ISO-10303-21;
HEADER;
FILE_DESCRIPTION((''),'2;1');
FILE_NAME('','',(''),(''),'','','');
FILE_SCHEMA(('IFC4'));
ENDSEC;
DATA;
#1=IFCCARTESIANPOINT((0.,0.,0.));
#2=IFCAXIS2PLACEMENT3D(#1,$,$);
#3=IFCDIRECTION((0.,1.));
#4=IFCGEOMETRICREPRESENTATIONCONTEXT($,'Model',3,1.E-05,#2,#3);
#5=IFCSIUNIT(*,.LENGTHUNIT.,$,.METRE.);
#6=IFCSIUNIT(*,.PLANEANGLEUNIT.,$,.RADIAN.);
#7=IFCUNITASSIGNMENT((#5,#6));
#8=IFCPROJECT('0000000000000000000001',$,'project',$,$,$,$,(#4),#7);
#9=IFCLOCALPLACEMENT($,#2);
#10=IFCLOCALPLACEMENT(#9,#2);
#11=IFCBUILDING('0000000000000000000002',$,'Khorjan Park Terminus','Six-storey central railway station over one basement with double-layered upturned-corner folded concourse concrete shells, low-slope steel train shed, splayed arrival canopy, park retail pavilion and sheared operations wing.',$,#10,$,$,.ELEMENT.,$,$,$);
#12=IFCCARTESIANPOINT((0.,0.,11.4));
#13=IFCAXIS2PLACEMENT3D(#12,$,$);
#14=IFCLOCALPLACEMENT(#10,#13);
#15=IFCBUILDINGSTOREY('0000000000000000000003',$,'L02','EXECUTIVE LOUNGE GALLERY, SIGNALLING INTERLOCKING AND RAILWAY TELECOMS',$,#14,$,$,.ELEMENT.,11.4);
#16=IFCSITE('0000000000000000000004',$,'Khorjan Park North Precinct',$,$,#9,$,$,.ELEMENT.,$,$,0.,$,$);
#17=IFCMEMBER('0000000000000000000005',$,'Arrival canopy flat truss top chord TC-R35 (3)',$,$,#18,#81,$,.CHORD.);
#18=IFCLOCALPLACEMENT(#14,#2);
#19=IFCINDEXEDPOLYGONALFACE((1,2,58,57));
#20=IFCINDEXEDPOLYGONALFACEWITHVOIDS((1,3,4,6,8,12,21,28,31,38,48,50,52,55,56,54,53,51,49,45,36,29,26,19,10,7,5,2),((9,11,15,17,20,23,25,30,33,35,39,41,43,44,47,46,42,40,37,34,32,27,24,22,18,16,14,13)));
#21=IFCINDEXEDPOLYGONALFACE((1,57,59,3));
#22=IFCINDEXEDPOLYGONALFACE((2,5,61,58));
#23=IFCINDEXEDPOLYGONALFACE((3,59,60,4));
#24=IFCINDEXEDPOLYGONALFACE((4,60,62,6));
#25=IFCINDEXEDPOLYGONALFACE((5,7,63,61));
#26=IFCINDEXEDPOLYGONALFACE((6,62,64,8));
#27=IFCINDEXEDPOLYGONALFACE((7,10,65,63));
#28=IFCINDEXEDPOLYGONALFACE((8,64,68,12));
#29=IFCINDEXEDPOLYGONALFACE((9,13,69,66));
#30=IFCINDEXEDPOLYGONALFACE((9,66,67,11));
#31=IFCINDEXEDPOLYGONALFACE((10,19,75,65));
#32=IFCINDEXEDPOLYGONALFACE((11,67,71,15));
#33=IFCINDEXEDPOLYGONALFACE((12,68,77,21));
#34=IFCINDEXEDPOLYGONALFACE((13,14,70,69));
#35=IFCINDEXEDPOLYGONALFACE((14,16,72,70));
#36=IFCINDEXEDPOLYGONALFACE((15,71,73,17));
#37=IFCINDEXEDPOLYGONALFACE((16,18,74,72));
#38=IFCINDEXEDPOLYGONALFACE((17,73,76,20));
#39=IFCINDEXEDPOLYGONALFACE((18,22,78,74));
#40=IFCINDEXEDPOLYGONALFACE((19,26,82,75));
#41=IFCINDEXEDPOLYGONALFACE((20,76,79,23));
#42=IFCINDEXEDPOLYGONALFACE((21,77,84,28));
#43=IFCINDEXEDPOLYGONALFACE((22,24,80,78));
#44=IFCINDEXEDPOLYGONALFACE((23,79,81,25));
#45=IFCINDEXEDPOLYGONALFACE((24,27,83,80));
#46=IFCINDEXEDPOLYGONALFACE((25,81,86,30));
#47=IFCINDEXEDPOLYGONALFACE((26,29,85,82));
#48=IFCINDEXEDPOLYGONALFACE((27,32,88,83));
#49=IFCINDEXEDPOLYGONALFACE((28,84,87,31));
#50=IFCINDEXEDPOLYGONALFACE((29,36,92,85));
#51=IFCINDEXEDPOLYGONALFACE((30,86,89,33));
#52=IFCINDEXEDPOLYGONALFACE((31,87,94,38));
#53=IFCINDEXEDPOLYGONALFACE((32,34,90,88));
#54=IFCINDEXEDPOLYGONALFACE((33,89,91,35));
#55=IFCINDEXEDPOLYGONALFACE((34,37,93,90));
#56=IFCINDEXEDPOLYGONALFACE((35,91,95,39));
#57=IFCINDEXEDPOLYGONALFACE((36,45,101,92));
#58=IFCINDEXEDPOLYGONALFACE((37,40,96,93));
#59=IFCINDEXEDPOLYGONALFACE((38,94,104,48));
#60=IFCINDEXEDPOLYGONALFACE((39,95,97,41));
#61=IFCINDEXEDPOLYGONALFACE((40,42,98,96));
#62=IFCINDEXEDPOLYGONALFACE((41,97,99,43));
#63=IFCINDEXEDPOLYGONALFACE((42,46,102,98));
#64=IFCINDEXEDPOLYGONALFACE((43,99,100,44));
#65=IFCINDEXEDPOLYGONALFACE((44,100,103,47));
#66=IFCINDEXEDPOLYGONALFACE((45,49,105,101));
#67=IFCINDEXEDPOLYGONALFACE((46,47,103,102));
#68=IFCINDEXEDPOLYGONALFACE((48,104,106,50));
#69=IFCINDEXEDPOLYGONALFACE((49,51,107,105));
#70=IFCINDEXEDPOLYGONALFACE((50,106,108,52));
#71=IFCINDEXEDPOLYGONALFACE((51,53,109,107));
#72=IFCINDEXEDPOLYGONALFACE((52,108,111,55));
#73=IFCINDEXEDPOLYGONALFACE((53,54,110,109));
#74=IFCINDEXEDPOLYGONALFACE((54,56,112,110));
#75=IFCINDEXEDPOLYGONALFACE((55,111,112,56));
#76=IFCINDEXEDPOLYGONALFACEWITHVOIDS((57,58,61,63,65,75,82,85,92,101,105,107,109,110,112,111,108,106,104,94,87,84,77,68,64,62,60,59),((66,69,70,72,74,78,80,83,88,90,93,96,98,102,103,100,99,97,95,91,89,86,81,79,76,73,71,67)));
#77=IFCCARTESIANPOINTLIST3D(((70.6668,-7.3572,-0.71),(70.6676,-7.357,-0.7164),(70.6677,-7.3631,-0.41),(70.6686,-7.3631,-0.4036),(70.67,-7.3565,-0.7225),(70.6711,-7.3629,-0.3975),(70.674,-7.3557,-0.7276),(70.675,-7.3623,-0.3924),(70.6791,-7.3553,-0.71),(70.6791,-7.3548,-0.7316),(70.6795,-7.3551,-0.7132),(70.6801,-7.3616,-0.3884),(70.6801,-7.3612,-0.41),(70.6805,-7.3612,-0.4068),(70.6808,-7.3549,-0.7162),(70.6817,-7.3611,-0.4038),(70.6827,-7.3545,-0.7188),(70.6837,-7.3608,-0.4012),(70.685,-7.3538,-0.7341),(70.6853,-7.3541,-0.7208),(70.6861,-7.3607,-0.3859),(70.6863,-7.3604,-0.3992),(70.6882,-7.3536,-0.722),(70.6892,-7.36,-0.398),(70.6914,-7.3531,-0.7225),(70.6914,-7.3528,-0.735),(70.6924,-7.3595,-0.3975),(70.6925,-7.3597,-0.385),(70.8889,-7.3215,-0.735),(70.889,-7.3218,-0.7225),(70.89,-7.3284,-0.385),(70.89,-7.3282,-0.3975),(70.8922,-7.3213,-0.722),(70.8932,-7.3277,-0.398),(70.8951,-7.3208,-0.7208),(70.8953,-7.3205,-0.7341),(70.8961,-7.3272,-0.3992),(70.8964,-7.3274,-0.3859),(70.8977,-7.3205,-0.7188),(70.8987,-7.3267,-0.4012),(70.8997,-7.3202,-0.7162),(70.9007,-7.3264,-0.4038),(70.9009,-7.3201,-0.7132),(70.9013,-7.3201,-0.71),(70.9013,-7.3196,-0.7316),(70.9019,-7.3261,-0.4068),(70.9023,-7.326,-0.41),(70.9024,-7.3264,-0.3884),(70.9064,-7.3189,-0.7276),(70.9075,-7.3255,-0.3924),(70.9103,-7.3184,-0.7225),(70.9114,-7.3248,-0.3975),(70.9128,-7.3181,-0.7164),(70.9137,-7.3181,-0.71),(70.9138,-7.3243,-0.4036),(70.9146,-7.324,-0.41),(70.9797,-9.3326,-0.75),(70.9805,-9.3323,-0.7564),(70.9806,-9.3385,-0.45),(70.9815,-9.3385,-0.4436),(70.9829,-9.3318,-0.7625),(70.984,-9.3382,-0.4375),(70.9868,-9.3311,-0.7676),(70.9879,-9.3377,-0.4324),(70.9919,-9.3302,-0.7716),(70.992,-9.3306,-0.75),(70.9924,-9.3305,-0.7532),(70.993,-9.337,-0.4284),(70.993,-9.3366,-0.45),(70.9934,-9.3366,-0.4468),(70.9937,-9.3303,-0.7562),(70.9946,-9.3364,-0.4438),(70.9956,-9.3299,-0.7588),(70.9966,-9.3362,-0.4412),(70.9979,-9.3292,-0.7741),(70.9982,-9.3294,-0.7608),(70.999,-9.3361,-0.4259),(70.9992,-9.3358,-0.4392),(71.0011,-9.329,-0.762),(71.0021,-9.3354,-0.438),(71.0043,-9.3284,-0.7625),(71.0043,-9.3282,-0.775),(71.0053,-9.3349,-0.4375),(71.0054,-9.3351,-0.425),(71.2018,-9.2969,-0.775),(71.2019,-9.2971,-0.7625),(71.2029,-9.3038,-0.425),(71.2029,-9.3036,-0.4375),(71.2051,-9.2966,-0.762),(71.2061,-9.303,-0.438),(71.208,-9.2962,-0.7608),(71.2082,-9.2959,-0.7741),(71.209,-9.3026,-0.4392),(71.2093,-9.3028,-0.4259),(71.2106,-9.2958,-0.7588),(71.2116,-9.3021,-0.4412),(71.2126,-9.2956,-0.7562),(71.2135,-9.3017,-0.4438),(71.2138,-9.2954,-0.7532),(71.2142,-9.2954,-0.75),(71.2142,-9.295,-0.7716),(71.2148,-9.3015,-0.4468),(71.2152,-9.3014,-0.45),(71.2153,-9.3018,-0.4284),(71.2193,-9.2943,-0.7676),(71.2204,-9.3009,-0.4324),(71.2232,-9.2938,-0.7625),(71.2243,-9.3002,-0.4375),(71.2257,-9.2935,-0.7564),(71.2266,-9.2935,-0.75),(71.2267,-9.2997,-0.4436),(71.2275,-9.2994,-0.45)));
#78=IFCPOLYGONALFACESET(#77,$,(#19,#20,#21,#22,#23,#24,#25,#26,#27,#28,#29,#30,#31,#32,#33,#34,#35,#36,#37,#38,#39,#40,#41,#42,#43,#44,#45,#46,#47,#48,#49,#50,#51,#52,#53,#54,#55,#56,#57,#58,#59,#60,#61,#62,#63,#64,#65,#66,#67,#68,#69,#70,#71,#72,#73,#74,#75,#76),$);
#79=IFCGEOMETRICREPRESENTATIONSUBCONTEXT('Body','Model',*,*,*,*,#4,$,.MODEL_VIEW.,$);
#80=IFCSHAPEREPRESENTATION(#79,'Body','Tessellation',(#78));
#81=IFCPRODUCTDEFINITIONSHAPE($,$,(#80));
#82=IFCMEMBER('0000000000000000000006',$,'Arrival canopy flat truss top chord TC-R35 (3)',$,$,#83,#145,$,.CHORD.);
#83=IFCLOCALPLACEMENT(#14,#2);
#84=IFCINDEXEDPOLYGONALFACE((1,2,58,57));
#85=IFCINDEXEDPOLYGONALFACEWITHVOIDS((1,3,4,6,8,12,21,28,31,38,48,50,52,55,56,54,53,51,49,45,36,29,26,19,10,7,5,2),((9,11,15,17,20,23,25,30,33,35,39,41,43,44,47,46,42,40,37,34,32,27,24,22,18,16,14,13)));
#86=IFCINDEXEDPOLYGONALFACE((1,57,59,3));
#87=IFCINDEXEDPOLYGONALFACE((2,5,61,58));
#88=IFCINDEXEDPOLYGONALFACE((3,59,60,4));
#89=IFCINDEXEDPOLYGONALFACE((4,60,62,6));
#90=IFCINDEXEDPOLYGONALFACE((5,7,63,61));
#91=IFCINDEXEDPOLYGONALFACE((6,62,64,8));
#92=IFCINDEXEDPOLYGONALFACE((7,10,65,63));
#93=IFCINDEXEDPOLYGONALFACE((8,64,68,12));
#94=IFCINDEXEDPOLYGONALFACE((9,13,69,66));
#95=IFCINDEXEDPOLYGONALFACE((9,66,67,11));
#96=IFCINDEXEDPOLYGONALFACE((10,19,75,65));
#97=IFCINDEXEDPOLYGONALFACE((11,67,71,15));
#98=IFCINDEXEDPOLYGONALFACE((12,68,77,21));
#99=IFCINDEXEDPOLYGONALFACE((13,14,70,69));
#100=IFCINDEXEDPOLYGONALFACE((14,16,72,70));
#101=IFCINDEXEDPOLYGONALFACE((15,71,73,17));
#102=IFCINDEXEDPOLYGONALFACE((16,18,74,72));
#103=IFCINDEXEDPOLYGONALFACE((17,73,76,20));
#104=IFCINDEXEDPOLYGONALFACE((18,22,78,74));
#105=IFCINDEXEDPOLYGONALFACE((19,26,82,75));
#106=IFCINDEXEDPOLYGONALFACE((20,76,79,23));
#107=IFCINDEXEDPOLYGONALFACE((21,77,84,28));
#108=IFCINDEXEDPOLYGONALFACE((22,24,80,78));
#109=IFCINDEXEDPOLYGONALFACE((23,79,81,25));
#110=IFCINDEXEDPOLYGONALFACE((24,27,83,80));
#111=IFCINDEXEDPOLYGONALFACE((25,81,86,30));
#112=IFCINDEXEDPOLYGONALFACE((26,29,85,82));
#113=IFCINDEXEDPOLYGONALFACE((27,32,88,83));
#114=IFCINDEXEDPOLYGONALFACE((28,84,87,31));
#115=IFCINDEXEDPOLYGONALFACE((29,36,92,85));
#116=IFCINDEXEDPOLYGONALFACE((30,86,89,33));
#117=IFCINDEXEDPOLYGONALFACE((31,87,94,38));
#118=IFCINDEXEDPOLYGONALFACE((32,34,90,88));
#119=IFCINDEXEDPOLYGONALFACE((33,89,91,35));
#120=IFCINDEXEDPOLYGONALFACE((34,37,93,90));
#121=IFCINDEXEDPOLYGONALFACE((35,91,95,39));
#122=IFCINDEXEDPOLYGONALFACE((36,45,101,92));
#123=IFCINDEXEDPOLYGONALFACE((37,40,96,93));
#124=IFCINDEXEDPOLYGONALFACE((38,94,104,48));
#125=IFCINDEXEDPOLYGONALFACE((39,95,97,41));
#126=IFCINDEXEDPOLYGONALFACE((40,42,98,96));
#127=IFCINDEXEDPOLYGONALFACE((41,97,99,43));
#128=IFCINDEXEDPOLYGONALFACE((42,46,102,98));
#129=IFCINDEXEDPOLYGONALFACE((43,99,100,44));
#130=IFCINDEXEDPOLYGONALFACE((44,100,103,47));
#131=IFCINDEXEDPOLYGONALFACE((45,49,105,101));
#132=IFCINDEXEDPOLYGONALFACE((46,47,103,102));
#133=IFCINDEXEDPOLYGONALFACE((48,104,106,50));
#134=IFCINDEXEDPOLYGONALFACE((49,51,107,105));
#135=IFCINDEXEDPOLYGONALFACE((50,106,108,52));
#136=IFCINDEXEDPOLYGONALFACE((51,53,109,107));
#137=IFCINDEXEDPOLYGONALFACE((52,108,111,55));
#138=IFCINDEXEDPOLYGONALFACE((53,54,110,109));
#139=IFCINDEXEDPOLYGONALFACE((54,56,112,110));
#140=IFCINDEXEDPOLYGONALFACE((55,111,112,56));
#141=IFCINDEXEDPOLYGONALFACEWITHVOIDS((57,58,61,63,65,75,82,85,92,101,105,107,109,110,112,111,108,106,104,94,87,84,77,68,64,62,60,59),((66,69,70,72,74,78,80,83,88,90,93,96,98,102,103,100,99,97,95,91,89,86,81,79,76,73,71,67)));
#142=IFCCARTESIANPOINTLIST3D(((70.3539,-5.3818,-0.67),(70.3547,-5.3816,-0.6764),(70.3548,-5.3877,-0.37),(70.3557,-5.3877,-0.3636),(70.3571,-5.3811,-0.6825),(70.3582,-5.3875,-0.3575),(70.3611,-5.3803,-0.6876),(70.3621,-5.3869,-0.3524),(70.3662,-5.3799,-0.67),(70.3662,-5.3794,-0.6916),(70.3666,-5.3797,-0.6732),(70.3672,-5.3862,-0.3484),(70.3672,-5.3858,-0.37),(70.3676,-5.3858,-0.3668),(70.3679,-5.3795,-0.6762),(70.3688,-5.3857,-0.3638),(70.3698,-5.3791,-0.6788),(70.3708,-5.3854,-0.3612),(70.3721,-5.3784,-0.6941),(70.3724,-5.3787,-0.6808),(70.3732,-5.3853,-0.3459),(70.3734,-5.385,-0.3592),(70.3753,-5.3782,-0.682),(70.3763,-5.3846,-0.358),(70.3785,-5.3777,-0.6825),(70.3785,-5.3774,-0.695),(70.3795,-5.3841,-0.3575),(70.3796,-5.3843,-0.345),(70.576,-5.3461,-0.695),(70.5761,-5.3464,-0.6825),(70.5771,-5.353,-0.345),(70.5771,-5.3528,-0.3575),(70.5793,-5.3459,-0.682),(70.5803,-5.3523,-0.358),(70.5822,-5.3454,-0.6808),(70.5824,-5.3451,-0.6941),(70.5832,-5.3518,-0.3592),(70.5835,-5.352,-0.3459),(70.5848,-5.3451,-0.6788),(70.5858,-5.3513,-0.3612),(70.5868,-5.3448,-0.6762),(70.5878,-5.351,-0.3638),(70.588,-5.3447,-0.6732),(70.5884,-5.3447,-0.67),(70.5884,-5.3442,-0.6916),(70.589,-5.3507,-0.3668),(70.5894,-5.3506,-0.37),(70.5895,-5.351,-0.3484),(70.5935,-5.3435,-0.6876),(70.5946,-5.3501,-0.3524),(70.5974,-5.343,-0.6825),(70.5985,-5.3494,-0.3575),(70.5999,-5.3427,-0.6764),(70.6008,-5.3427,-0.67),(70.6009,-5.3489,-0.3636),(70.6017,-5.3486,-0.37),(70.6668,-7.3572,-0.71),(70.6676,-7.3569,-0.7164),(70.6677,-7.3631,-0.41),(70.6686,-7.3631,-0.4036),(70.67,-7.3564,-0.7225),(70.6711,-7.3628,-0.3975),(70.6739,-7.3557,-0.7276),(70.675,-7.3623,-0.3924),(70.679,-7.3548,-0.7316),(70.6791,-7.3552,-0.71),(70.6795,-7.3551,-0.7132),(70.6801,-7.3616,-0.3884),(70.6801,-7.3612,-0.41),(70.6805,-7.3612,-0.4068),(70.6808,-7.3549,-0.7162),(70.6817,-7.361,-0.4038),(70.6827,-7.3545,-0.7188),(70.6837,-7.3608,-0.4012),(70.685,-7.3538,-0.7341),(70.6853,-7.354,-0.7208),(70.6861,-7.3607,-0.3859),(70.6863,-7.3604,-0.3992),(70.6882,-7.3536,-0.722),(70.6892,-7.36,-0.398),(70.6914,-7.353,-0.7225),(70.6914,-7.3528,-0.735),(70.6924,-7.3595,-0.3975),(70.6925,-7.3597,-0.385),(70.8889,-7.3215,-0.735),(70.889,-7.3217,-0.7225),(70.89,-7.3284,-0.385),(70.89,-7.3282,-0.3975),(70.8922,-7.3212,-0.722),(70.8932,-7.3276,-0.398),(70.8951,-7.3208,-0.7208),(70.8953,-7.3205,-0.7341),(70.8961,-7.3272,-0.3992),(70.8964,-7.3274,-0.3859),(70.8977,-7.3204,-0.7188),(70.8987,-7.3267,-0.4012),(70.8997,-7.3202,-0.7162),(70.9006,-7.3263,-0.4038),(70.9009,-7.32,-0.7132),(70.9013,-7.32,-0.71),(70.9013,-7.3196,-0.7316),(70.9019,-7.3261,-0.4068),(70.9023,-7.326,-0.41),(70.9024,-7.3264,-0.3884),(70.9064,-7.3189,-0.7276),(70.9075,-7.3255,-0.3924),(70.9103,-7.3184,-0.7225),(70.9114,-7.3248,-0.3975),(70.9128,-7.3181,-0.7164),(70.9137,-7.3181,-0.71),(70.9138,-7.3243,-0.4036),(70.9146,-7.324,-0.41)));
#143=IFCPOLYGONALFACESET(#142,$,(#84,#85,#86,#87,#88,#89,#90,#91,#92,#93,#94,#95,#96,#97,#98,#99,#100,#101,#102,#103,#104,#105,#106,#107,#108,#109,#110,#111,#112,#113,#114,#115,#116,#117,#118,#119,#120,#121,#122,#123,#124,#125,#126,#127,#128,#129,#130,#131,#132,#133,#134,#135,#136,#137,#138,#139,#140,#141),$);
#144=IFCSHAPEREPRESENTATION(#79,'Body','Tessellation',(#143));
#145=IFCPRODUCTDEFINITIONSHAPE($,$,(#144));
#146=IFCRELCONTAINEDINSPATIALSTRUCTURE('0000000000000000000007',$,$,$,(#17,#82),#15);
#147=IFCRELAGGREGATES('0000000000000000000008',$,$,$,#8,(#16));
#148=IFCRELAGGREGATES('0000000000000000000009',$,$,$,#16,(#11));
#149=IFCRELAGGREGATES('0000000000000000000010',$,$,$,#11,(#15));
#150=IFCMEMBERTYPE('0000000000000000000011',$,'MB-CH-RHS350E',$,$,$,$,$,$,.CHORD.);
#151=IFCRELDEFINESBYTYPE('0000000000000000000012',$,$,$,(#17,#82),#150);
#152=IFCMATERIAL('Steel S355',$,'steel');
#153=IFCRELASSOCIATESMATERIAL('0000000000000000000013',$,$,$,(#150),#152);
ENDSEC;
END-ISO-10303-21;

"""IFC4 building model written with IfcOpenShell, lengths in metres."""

from ifc_helpers import new_model, si_unit, direction, frame, origin, origin_2d, place, context, subcontext, project, spatial, hollow_rectangle, extrude, material, material_profile, profile_set, type_object, element, save


model = new_model("IFC4")

# Units and contexts
model_context = context("Model", 3, precision=1e-05, world=origin(), true_north=direction((0.0, 1.0)))
body_context = subcontext(model_context, "Body", "Model", "MODEL_VIEW")
ifc_project = project(units=[si_unit("LENGTHUNIT", "METRE"), si_unit("PLANEANGLEUNIT", "RADIAN")], contexts=[model_context])

# Site, building, storey
site_placement = place(None, origin())
site = spatial("IfcSite", under=ifc_project, at=site_placement, Name="Khorjan Park North Precinct", CompositionType="ELEMENT", RefElevation=0.0)
building_placement = place(site_placement, origin())
building = spatial("IfcBuilding", under=site, at=building_placement, Name="Khorjan Park Terminus", Description="Six-storey central railway station over one basement with double-layered upturned-corner folded concourse concrete shells, low-slope steel train shed, splayed arrival canopy, park retail pavilion and sheared operations wing.", CompositionType="ELEMENT")
storey_placement = place(building_placement, frame((0.0, 0.0, 11.4)))
storey = spatial("IfcBuildingStorey", under=building, at=storey_placement, Name="L02", Description="EXECUTIVE LOUNGE GALLERY, SIGNALLING INTERLOCKING AND RAILWAY TELECOMS", CompositionType="ELEMENT", Elevation=11.4)

# Members
ifc_material = material(Name="Steel S355", Category="steel")
ifc_material_profile_1 = material_profile(ifc_material, hollow_rectangle(XDim=0.25, YDim=0.35, WallThickness=0.0125, InnerFilletRadius=0.0125, OuterFilletRadius=0.025, at=origin_2d()), Name="RHS 350x250x12.5")
ifc_profile_set_1 = profile_set([ifc_material_profile_1], Name="Steel S355")
member_type_1 = type_object("IfcMemberType", Name="MB-CH-RHS350E", PredefinedType="CHORD", material=ifc_profile_set_1)
for number, where, z_axis, x_axis, name in (
    (1, (71.1036, -9.316, -0.6), (-0.156417, 0.987489, 0.019996), (-0.987686, -0.156448, 0.0), "Arrival canopy flat truss top chord TC-R35 (3)"),
    (2, (70.7907, -7.3406, -0.56), (-0.156417, 0.987489, 0.019996), (-0.987686, -0.156448, 0.0), "Arrival canopy flat truss top chord TC-R35 (3)"),
):
    element("IfcMember", number, at=place(storey_placement, frame(where, z_axis=z_axis, x_axis=x_axis)), inside=storey, type_object=member_type_1, Name=name, PredefinedType="CHORD", context=body_context, shape_type="SweptSolid", body=[
        extrude(hollow_rectangle(XDim=0.25, YDim=0.35, WallThickness=0.0125, InnerFilletRadius=0.0125, OuterFilletRadius=0.025, at=origin_2d()), origin(), (0.0, 0.0, 1.0), 2.0004),
    ])

save(model, "model.ifc")
